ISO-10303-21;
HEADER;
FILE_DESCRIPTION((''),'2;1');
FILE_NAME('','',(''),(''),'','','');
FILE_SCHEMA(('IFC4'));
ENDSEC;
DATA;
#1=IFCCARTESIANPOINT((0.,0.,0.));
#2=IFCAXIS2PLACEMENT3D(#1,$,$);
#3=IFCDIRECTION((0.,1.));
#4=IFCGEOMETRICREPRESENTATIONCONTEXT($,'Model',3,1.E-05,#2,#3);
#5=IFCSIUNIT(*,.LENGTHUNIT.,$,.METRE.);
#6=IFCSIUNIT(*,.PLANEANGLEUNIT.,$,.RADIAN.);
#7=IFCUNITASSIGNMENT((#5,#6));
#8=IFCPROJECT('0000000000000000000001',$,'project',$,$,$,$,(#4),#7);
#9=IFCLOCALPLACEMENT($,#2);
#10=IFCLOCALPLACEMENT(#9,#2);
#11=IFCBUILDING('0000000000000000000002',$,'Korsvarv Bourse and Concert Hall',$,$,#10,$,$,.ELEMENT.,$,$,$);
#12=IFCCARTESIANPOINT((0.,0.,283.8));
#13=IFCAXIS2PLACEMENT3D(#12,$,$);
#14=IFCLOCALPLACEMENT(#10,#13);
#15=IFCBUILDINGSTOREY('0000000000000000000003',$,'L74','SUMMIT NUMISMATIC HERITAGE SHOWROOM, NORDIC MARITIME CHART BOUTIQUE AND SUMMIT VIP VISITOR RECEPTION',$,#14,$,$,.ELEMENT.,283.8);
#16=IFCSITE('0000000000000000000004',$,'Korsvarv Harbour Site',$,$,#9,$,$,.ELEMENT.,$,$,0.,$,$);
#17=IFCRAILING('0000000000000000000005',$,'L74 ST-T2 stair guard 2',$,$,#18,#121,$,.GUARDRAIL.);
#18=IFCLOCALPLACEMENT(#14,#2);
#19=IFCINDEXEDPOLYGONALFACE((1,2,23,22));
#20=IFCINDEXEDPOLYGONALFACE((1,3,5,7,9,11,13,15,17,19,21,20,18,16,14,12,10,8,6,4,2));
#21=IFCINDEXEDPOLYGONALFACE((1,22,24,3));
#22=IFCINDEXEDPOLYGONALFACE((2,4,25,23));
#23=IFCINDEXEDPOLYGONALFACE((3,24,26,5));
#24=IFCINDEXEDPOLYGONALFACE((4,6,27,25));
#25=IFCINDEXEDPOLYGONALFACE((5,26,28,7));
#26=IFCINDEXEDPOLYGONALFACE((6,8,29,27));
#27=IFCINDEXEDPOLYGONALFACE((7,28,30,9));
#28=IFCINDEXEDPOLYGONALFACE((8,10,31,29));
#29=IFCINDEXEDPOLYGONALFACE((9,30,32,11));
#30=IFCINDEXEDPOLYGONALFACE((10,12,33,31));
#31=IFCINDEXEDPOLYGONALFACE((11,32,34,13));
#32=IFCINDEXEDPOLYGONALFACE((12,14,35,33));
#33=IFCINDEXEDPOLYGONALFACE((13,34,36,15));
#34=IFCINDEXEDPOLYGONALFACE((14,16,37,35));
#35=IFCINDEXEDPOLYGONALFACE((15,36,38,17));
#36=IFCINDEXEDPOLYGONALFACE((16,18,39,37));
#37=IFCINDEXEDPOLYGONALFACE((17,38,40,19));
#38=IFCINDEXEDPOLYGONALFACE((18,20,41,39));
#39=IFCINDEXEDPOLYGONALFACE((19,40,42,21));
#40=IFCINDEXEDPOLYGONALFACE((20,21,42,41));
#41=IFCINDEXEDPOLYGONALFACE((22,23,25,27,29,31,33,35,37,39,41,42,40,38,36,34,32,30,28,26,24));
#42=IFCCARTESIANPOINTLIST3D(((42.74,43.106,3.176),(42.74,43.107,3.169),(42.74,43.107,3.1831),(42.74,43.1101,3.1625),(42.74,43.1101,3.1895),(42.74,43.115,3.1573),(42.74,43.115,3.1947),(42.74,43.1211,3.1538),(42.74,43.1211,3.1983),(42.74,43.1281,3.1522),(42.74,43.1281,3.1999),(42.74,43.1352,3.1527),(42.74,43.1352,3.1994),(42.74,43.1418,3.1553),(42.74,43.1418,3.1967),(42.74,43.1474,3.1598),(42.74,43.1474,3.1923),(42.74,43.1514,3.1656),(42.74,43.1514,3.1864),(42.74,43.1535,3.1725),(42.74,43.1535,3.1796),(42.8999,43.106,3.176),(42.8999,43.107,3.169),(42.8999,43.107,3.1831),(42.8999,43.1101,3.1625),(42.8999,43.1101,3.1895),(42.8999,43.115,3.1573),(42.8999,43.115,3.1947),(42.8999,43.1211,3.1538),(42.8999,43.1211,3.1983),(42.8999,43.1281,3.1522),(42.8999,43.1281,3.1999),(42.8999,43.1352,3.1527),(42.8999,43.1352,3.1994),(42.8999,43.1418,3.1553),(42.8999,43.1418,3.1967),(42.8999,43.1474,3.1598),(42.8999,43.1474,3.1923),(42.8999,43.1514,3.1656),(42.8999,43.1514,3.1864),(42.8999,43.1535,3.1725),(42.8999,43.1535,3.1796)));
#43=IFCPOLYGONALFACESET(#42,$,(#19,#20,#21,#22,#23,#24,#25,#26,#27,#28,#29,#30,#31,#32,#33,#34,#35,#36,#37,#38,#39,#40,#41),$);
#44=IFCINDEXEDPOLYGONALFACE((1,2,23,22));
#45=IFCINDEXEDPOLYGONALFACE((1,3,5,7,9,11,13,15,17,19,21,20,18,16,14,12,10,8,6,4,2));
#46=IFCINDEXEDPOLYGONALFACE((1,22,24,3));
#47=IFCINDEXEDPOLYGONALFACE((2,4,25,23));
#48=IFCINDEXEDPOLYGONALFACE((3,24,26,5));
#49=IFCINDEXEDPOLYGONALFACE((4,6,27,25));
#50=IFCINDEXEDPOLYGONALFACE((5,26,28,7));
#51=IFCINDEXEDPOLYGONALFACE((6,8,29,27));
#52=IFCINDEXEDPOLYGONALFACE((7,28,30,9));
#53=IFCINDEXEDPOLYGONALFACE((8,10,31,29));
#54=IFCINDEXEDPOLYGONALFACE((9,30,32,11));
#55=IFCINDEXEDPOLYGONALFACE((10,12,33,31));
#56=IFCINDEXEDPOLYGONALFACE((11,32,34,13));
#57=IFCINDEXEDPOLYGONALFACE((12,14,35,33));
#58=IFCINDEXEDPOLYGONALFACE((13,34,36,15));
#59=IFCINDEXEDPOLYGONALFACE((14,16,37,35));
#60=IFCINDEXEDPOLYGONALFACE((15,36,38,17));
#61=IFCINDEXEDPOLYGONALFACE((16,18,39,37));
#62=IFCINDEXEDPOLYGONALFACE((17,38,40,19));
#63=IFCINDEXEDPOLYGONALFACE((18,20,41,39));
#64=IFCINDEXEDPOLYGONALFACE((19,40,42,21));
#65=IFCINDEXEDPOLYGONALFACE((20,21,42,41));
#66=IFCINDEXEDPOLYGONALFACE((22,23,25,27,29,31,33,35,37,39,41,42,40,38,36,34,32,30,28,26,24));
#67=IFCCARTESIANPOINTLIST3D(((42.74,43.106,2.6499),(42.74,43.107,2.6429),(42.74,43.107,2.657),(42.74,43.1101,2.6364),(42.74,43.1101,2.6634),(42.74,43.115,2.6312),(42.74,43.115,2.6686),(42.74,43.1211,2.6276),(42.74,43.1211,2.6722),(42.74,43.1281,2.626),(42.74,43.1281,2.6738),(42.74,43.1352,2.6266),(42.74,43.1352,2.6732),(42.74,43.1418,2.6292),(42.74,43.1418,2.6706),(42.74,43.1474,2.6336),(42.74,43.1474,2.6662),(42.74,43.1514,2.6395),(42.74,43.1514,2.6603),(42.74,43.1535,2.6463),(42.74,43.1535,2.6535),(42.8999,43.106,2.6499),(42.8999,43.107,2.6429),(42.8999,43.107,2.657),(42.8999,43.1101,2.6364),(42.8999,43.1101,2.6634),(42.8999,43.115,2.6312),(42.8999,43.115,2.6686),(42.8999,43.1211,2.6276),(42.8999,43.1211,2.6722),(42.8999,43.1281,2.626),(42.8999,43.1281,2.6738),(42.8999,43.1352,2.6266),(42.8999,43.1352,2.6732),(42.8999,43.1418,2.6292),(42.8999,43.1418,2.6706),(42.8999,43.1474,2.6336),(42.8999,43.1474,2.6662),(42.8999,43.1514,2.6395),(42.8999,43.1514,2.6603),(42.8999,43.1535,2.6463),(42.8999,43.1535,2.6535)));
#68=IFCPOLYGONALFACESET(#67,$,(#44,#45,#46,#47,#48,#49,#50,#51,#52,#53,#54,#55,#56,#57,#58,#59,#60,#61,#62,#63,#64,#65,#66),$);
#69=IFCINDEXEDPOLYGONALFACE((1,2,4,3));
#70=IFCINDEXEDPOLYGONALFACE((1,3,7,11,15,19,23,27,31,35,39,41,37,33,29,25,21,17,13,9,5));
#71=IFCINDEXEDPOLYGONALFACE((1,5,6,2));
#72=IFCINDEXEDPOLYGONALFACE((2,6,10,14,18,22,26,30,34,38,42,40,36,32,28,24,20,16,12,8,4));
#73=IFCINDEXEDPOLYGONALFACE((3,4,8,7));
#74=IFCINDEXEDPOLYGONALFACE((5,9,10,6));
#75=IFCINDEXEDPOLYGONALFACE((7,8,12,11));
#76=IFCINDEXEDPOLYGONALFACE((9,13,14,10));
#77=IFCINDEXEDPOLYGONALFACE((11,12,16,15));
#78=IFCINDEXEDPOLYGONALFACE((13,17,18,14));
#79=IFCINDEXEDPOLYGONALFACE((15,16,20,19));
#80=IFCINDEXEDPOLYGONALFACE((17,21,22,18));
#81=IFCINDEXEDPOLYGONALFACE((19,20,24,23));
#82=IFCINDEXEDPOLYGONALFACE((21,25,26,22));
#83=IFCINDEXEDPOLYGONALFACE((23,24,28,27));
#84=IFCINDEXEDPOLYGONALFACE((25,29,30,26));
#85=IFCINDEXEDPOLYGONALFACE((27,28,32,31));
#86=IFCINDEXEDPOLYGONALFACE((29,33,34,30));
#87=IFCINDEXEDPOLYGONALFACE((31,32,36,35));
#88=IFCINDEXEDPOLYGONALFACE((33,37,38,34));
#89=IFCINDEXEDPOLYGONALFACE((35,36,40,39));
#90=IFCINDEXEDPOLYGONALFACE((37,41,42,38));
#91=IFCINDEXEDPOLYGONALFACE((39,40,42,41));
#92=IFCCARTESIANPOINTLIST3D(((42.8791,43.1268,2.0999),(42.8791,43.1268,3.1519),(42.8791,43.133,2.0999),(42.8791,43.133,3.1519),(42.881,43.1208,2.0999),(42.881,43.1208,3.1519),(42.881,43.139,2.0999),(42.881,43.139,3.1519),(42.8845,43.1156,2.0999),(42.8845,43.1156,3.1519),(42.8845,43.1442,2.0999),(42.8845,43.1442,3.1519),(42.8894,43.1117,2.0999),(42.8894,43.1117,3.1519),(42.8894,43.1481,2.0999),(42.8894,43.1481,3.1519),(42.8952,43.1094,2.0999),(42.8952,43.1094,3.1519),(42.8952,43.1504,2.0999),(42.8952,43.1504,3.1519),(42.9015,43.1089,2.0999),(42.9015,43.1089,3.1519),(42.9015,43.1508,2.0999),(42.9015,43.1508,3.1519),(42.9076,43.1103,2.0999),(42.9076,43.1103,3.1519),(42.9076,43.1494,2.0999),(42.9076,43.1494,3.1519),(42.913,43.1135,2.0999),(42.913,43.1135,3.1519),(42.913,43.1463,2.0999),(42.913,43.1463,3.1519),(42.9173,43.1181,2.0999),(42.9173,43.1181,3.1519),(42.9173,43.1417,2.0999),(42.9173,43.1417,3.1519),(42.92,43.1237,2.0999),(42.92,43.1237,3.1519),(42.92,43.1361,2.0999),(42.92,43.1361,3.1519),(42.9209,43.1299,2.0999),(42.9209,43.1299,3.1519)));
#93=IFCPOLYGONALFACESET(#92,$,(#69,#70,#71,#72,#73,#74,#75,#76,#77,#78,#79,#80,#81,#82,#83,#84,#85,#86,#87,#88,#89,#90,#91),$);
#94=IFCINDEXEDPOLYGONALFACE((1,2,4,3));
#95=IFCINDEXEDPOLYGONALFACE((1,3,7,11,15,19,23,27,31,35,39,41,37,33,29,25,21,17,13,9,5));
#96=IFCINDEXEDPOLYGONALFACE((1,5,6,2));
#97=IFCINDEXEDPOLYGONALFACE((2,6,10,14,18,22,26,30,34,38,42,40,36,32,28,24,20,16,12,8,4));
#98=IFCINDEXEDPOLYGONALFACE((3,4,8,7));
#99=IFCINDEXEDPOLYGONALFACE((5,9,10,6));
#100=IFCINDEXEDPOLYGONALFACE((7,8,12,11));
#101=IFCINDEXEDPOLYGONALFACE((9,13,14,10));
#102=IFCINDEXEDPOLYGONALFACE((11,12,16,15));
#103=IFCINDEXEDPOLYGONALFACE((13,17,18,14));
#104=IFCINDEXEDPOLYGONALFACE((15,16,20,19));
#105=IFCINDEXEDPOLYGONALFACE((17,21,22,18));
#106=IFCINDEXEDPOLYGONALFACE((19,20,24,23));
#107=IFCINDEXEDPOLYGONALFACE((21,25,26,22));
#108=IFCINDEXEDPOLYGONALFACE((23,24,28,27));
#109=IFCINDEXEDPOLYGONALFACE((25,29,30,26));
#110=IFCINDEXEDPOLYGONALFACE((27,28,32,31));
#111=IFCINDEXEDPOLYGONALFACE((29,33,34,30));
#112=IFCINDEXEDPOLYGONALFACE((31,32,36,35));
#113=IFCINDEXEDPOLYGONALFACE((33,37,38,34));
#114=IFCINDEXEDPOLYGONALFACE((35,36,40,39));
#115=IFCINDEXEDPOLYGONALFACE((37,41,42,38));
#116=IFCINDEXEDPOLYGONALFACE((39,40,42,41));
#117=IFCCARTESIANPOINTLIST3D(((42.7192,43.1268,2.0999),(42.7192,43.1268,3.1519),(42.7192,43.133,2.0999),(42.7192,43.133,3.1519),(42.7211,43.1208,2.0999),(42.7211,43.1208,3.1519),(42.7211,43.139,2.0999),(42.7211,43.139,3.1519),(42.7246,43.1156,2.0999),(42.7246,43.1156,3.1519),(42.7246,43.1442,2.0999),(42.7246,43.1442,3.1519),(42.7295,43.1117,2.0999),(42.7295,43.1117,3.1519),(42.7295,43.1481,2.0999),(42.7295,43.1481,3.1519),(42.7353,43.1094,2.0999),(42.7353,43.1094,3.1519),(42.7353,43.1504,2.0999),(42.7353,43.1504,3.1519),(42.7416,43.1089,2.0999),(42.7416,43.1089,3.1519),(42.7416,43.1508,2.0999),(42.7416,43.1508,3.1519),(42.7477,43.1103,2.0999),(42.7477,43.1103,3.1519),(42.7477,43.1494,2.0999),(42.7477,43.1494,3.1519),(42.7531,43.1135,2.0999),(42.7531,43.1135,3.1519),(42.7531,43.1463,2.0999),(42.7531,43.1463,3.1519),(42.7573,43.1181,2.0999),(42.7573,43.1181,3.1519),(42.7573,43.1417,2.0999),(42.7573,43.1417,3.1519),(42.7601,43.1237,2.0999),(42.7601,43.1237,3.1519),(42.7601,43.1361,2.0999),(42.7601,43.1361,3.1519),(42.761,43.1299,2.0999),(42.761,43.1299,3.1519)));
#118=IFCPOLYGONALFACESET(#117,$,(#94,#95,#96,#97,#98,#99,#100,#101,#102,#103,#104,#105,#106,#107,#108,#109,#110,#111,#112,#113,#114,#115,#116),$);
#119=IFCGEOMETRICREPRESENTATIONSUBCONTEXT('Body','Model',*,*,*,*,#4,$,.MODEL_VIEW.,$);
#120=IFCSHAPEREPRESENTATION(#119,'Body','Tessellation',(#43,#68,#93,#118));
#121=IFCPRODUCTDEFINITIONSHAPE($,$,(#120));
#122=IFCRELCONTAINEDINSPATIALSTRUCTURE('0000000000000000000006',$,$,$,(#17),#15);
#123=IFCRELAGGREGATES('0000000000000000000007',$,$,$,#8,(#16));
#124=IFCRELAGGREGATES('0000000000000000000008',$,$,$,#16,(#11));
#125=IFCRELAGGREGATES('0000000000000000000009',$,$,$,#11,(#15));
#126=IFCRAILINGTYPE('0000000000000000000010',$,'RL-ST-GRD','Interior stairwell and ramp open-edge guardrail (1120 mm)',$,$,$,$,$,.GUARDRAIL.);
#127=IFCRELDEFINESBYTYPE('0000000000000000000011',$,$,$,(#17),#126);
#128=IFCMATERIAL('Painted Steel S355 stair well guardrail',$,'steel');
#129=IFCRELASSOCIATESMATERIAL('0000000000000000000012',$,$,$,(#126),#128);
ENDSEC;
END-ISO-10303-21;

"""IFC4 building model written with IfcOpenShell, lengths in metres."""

from ifc_helpers import new_model, si_unit, direction, frame, origin, origin_2d, place, context, subcontext, project, spatial, circle, extrude, material, type_object, element, save


model = new_model("IFC4")

# Units and contexts
model_context = context("Model", 3, precision=1e-05, world=origin(), true_north=direction((0.0, 1.0)))
body_context = subcontext(model_context, "Body", "Model", "MODEL_VIEW")
ifc_project = project(units=[si_unit("LENGTHUNIT", "METRE"), si_unit("PLANEANGLEUNIT", "RADIAN")], contexts=[model_context])

# Site, building, storey
site_placement = place(None, origin())
site = spatial("IfcSite", under=ifc_project, at=site_placement, Name="Korsvarv Harbour Site", CompositionType="ELEMENT", RefElevation=0.0)
building_placement = place(site_placement, origin())
building = spatial("IfcBuilding", under=site, at=building_placement, Name="Korsvarv Bourse and Concert Hall", CompositionType="ELEMENT")
storey_placement = place(building_placement, frame((0.0, 0.0, 283.8)))
storey = spatial("IfcBuildingStorey", under=building, at=storey_placement, Name="L74", Description="SUMMIT NUMISMATIC HERITAGE SHOWROOM, NORDIC MARITIME CHART BOUTIQUE AND SUMMIT VIP VISITOR RECEPTION", CompositionType="ELEMENT", Elevation=283.8)

# Railing
ifc_material_1 = material(Name="Painted Steel S355 stair well guardrail", Category="steel")
railing_type_1 = type_object("IfcRailingType", Name="RL-ST-GRD", Description="Interior stairwell and ramp open-edge guardrail (1120 mm)", PredefinedType="GUARDRAIL", material=ifc_material_1)
railing_1_placement = place(storey_placement, frame((42.8999, 43.1299, 2.0999)))
element("IfcRailing", 1, at=railing_1_placement, inside=storey, type_object=railing_type_1, Name="L74 ST-T2 stair guard 2", PredefinedType="GUARDRAIL", context=body_context, shape_type="SweptSolid", body=[
    extrude(circle(Radius=0.0239, at=origin_2d()), frame((0.0, 0.0, 1.0762), z_axis=(-1.0, 0.0, 0.0), x_axis=(0.0, -1.0, 0.0)), (0.0, 0.0, 1.0), 0.1599),
    extrude(circle(Radius=0.0239, at=origin_2d()), frame((0.0, 0.0, 0.55), z_axis=(-1.0, 0.0, 0.0), x_axis=(0.0, -1.0, 0.0)), (0.0, 0.0, 1.0), 0.1599),
    extrude(circle(Radius=0.021, at=origin_2d()), origin(), (0.0, 0.0, 1.0), 1.052),
    extrude(circle(Radius=0.021, at=origin_2d()), frame((-0.1599, 0.0, 0.0)), (0.0, 0.0, 1.0), 1.052),
])

save(model, "model.ifc")
